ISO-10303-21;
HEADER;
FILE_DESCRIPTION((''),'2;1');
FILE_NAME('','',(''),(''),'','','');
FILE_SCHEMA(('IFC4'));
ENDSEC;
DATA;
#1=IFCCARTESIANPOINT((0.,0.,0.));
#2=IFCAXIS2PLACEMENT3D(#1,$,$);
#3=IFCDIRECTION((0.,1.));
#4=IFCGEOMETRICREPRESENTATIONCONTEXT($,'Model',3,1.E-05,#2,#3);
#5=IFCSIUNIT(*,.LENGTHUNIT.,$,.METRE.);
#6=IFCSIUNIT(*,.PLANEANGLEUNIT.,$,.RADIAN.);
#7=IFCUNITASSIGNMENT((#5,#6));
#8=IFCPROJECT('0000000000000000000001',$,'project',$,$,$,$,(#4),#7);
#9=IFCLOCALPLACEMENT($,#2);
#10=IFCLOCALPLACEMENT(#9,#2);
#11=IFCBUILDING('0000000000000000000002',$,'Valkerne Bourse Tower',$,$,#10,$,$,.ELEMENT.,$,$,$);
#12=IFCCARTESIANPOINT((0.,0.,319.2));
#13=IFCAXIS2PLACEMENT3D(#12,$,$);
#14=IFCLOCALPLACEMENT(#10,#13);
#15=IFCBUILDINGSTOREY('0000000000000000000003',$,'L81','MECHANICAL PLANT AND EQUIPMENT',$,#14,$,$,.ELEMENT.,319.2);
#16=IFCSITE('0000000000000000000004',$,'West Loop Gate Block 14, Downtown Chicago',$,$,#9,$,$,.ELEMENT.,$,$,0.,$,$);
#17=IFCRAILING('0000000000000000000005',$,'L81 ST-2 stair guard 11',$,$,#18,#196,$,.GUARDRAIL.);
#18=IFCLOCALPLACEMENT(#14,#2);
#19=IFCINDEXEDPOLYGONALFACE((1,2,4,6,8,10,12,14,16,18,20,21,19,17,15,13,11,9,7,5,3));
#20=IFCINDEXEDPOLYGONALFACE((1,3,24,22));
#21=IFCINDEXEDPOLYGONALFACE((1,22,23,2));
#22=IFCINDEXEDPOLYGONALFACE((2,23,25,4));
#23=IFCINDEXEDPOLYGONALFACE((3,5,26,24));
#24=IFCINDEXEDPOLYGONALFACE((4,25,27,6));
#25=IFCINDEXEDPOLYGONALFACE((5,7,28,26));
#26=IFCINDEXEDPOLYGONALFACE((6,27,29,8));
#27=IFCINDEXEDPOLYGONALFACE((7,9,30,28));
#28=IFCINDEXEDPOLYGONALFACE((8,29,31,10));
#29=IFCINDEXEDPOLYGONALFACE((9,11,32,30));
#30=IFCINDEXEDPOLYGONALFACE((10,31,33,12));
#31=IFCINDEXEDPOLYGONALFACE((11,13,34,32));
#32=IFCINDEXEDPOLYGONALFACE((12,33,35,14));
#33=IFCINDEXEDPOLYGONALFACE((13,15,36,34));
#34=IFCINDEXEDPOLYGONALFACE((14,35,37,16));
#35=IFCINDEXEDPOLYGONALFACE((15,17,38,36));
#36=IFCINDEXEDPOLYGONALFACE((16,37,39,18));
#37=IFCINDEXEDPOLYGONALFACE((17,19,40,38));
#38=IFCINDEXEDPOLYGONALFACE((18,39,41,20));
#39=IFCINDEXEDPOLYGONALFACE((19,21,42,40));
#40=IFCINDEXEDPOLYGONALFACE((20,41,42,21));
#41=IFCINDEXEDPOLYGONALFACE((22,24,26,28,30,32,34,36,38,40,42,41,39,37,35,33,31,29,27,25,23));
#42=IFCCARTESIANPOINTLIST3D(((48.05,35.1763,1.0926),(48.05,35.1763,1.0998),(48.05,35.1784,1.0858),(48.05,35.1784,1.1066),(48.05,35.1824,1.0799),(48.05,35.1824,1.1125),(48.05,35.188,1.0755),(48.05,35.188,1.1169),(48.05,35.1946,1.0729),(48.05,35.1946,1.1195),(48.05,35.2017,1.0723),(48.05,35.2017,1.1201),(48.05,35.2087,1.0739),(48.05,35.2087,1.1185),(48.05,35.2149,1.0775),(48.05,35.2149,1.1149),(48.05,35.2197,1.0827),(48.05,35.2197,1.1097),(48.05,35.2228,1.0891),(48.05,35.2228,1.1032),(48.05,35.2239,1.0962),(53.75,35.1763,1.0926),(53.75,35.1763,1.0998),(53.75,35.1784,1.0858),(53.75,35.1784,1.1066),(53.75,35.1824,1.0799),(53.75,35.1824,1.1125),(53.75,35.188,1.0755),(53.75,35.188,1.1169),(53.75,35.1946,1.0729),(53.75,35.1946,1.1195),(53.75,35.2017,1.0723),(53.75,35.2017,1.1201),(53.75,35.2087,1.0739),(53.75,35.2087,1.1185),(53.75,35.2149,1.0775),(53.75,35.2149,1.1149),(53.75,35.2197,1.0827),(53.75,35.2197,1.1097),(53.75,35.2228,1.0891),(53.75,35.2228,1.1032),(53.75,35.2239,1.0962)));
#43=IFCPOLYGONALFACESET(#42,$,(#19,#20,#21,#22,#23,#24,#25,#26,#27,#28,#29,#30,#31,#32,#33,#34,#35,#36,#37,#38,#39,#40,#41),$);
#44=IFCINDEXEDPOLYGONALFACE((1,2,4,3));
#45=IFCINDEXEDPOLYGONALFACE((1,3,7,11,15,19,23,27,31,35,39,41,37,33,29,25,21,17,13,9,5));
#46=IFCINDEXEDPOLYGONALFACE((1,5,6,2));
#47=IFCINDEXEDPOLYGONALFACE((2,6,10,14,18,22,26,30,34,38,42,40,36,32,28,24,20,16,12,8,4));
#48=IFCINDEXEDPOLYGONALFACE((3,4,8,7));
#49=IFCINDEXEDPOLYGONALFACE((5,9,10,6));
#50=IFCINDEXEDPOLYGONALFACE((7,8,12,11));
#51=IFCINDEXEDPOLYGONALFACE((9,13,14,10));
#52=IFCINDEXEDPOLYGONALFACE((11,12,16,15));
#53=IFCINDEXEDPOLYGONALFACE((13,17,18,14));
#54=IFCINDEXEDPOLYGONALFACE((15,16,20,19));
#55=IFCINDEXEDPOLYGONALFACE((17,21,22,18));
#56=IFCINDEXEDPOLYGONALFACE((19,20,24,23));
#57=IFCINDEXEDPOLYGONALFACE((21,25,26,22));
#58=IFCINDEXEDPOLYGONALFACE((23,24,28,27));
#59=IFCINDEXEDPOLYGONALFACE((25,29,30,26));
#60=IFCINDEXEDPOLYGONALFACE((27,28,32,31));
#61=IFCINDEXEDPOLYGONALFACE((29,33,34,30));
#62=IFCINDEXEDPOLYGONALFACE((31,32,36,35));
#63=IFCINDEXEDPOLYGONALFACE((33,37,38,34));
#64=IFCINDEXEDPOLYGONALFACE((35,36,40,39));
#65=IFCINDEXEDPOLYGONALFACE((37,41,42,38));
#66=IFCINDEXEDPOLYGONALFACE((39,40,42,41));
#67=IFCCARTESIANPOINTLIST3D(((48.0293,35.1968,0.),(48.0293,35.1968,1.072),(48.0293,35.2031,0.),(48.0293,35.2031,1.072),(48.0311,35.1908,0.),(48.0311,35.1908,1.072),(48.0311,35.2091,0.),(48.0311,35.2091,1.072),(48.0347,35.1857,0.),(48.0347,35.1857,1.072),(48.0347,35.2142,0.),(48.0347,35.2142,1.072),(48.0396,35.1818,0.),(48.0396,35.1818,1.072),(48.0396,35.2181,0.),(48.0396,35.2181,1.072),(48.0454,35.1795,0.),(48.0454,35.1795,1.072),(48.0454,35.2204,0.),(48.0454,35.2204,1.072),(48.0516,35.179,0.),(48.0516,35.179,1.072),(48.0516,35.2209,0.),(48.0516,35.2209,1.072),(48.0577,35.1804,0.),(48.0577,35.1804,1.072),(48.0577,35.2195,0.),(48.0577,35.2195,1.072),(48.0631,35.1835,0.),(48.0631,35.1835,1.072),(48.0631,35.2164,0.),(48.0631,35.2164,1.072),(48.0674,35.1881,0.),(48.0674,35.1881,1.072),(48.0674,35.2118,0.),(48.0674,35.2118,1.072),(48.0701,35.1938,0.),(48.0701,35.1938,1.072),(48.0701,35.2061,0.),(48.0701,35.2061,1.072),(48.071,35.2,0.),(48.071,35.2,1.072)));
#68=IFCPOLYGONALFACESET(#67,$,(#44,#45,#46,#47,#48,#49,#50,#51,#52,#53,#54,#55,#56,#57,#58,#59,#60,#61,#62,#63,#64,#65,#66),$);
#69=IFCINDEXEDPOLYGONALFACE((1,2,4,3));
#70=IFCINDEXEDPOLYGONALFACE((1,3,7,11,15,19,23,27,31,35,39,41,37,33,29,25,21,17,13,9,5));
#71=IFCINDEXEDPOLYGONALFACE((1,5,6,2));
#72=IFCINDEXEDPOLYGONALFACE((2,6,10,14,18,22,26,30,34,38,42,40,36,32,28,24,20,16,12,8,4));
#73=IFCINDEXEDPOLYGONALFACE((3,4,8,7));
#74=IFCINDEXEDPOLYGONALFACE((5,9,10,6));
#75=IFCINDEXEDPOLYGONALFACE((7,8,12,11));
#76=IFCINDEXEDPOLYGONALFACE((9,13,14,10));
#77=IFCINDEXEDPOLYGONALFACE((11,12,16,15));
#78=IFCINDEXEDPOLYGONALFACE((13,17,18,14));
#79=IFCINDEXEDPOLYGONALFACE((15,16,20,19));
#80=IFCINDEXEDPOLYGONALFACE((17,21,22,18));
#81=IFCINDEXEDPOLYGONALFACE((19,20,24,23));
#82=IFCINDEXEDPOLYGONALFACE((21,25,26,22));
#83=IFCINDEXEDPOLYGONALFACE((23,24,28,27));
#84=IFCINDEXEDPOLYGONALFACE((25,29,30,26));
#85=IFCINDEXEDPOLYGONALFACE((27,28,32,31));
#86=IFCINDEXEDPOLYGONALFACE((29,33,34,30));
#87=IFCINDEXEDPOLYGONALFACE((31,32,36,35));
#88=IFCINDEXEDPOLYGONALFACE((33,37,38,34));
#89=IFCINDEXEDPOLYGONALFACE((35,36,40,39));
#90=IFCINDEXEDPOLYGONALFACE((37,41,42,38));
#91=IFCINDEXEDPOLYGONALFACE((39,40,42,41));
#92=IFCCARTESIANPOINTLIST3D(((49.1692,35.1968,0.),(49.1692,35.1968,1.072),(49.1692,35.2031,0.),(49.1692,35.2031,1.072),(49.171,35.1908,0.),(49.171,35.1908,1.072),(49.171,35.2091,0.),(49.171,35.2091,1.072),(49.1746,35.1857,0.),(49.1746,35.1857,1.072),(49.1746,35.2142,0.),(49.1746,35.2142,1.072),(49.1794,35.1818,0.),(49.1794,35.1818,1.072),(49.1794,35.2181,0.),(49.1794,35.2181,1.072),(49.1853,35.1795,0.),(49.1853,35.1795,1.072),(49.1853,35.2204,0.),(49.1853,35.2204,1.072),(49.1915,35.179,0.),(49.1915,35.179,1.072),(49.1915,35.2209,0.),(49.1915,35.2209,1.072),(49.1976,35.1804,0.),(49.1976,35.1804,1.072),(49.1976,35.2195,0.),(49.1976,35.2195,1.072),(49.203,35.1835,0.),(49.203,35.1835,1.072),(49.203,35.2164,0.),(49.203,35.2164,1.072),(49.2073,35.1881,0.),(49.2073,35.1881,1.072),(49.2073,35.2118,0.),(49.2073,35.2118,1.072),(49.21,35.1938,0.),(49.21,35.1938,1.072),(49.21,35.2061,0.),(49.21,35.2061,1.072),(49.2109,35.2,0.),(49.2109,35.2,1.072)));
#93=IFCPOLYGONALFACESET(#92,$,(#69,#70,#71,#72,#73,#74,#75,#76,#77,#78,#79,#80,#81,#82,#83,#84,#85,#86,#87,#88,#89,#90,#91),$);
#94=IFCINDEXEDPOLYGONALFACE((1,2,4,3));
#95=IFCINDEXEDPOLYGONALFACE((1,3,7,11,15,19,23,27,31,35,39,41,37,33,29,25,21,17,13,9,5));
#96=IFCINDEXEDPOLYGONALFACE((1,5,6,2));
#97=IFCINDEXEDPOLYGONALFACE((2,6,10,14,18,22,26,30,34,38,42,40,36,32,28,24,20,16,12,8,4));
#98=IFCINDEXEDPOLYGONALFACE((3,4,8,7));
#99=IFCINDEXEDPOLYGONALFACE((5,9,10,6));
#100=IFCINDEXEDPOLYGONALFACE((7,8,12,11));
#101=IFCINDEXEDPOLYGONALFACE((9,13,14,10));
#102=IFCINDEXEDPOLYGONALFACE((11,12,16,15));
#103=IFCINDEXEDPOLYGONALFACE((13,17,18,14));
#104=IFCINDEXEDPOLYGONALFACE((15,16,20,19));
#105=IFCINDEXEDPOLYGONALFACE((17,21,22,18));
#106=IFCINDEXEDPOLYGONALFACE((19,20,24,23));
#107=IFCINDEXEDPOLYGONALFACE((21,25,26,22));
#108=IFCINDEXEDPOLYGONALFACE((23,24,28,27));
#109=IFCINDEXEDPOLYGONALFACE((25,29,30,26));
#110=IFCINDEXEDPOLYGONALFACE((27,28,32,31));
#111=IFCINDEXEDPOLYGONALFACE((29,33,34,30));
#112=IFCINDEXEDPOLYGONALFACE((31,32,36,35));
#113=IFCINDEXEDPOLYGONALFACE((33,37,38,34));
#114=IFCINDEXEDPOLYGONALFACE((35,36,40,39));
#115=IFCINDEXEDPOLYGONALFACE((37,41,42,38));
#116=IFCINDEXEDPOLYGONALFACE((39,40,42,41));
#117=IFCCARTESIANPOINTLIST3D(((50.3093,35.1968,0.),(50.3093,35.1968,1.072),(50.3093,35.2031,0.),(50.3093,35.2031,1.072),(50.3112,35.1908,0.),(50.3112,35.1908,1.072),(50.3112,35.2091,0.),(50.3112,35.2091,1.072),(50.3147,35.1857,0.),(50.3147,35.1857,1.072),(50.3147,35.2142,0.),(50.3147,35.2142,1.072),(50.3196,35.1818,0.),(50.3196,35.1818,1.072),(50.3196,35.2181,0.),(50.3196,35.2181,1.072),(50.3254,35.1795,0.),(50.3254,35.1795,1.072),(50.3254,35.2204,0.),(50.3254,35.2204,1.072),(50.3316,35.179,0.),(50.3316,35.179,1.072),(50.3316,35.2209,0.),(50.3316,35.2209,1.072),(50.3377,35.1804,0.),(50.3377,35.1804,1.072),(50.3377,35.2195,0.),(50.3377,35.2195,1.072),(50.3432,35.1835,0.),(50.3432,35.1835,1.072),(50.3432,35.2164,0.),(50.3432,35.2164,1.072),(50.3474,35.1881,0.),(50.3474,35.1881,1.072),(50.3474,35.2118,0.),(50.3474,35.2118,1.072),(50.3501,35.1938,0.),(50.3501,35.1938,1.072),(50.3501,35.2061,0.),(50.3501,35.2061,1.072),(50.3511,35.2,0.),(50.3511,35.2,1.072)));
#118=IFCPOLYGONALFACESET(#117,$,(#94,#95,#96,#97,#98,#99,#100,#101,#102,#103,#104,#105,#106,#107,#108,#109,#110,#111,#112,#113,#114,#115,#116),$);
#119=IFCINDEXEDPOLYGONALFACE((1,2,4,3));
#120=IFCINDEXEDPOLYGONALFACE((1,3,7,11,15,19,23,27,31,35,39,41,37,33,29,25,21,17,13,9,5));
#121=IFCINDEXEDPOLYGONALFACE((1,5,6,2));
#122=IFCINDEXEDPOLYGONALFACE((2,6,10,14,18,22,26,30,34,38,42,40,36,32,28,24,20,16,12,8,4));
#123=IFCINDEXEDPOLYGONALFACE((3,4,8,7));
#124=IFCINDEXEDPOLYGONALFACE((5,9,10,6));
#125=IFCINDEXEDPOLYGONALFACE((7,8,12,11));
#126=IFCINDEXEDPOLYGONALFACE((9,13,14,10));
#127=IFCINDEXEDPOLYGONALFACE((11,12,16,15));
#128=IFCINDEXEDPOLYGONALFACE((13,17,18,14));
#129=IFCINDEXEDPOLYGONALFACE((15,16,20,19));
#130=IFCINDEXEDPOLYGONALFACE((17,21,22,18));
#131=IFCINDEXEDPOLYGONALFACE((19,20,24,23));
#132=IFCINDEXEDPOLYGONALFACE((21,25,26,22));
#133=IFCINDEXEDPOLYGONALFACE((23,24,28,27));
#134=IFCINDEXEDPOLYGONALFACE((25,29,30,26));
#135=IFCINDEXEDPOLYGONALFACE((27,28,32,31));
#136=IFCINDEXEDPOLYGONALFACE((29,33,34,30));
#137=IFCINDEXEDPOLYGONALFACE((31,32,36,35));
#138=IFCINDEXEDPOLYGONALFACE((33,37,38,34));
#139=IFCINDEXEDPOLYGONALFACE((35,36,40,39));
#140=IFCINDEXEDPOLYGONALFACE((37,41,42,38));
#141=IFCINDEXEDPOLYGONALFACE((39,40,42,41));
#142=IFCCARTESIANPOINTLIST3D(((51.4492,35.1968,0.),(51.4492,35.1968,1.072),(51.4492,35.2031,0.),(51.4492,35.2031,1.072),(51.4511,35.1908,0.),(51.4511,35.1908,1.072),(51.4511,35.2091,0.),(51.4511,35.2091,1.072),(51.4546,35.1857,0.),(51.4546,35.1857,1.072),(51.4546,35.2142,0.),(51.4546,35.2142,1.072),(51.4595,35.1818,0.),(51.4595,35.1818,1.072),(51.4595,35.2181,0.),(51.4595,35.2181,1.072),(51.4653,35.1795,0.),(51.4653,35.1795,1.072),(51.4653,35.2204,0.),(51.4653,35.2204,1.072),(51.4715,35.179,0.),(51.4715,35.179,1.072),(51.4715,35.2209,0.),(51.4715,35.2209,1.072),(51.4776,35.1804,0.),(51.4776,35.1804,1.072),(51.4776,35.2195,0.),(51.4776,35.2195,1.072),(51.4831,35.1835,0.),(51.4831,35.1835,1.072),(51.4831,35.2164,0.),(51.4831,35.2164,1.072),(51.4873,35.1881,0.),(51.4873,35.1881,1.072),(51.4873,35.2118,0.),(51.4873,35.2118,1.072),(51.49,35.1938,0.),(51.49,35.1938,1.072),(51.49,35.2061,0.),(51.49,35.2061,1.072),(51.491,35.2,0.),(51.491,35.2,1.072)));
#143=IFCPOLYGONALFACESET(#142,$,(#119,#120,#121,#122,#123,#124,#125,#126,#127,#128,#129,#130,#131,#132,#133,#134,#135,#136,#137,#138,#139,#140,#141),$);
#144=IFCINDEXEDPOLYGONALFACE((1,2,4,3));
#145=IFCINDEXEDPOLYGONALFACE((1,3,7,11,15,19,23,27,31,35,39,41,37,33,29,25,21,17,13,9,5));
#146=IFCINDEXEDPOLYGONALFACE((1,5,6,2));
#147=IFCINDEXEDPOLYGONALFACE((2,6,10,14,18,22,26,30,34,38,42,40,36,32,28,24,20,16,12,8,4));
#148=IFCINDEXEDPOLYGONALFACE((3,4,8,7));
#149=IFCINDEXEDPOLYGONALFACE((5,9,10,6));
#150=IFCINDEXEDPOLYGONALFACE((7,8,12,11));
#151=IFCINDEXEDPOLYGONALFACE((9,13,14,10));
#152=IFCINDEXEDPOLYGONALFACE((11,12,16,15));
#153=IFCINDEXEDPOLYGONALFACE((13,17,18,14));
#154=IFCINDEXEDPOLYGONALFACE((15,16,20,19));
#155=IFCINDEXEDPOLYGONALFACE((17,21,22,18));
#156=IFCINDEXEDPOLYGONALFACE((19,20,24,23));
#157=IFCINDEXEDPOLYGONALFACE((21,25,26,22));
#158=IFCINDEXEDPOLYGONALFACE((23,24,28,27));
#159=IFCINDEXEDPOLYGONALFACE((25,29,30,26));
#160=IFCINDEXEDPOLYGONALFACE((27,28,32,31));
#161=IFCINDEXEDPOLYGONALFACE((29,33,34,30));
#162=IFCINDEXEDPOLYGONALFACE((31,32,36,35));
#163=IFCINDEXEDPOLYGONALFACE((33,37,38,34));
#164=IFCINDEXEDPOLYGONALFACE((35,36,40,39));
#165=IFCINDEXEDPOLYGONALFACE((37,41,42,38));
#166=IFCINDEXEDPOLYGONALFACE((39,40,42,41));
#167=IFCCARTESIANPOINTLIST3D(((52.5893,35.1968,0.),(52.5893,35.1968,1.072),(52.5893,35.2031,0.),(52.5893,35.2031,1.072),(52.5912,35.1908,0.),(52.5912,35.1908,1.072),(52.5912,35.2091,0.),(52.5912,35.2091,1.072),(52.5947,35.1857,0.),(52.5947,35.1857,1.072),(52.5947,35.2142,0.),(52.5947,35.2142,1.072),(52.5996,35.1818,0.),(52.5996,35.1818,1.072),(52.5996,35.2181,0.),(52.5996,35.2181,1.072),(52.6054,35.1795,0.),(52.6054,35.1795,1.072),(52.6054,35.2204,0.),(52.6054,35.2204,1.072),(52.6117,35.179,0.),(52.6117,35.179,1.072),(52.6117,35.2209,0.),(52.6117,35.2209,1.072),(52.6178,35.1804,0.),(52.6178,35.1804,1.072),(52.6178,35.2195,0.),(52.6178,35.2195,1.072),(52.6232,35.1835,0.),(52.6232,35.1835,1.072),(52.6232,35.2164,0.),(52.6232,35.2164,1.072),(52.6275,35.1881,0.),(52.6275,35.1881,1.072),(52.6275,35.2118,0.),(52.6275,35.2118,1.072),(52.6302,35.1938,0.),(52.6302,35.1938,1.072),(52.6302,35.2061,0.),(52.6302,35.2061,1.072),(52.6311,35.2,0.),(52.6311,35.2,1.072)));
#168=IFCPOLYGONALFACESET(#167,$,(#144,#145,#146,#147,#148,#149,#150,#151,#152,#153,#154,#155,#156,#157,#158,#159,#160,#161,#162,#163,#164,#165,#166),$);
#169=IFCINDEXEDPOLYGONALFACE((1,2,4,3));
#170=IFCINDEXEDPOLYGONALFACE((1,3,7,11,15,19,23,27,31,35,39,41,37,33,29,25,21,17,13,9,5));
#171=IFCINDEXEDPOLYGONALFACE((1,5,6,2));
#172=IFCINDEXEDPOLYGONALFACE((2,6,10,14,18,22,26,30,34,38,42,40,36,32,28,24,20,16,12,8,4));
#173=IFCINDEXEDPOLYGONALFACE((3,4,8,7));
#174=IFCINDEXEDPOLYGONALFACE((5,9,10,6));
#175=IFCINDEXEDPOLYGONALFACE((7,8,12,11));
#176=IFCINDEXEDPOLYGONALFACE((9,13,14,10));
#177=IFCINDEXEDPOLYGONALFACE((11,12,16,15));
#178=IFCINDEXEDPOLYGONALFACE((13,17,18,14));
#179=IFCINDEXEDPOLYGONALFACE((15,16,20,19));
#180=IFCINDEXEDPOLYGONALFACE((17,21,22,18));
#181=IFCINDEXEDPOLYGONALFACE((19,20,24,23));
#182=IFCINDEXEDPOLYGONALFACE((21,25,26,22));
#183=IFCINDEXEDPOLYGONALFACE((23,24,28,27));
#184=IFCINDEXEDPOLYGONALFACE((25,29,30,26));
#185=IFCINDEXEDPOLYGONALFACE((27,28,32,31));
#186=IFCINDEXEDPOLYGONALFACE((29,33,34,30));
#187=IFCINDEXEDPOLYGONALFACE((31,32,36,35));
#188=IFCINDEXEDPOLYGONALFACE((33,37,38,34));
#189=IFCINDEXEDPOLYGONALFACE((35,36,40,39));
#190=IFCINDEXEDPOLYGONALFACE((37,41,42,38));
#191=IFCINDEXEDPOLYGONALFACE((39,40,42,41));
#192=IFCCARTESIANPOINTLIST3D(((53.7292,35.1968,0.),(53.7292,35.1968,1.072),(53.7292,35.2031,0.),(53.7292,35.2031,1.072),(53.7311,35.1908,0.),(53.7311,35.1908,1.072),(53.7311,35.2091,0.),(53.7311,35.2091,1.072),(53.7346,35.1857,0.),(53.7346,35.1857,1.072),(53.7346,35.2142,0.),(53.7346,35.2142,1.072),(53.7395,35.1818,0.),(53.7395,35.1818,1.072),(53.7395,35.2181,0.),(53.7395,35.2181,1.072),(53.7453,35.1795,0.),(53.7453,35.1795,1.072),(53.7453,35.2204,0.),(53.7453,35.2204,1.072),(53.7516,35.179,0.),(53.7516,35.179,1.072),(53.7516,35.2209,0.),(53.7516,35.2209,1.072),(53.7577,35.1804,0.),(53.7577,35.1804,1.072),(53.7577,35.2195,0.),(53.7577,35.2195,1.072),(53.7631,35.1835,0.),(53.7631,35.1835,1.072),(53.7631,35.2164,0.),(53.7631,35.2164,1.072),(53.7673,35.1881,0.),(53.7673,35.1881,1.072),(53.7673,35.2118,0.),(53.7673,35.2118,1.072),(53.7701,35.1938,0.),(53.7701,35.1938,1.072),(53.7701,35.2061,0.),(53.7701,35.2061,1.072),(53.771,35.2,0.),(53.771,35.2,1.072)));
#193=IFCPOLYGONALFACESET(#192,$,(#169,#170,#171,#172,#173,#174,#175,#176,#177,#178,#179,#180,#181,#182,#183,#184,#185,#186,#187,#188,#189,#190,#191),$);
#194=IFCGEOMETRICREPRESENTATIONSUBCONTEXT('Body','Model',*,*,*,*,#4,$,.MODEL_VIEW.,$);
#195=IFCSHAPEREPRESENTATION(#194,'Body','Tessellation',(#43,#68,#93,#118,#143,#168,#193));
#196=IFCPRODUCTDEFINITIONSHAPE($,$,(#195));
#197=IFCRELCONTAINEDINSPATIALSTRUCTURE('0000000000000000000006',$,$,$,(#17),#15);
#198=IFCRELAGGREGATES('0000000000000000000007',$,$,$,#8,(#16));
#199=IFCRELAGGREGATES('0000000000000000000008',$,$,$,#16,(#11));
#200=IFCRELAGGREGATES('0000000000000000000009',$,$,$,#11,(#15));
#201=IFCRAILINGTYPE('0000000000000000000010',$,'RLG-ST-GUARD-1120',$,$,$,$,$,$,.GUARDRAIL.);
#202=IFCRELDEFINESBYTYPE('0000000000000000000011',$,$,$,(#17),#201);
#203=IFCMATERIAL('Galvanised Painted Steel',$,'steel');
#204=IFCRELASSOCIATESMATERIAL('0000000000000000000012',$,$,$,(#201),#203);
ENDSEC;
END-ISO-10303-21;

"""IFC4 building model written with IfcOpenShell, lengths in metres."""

from ifc_helpers import new_model, si_unit, direction, frame, origin, origin_2d, place, context, subcontext, project, spatial, circle, extrude, material, type_object, element, save


model = new_model("IFC4")

# Units and contexts
model_context = context("Model", 3, precision=1e-05, world=origin(), true_north=direction((0.0, 1.0)))
body_context = subcontext(model_context, "Body", "Model", "MODEL_VIEW")
ifc_project = project(units=[si_unit("LENGTHUNIT", "METRE"), si_unit("PLANEANGLEUNIT", "RADIAN")], contexts=[model_context])

# Site, building, storey
site_placement = place(None, origin())
site = spatial("IfcSite", under=ifc_project, at=site_placement, Name="West Loop Gate Block 14, Downtown Chicago", CompositionType="ELEMENT", RefElevation=0.0)
building_placement = place(site_placement, origin())
building = spatial("IfcBuilding", under=site, at=building_placement, Name="Valkerne Bourse Tower", CompositionType="ELEMENT")
storey_placement = place(building_placement, frame((0.0, 0.0, 319.2)))
storey = spatial("IfcBuildingStorey", under=building, at=storey_placement, Name="L81", Description="MECHANICAL PLANT AND EQUIPMENT", CompositionType="ELEMENT", Elevation=319.2)

# Shared definitions
ifc_material_1 = material(Name="Galvanised Painted Steel", Category="steel")

# Railing
railing_type_1 = type_object("IfcRailingType", Name="RLG-ST-GUARD-1120", PredefinedType="GUARDRAIL", material=ifc_material_1)
for number, where, name in (
    (1, (48.05, 35.2, 0.0), "L81 ST-2 stair guard 11"),
):
    element("IfcRailing", number, at=place(storey_placement, frame(where)), inside=storey, type_object=railing_type_1, Name=name, PredefinedType="GUARDRAIL", context=body_context, shape_type="SweptSolid", body=[
        extrude(circle(Radius=0.0239, at=origin_2d()), frame((0.0, 0.0, 1.0962), z_axis=(1.0, 0.0, 0.0), x_axis=(0.0, 1.0, 0.0)), (0.0, 0.0, 1.0), 5.7),
        extrude(circle(Radius=0.021, at=origin_2d()), origin(), (0.0, 0.0, 1.0), 1.072),
        extrude(circle(Radius=0.021, at=origin_2d()), frame((1.1399, 0.0, 0.0)), (0.0, 0.0, 1.0), 1.072),
        extrude(circle(Radius=0.021, at=origin_2d()), frame((2.28, 0.0, 0.0)), (0.0, 0.0, 1.0), 1.072),
        extrude(circle(Radius=0.021, at=origin_2d()), frame((3.4199, 0.0, 0.0)), (0.0, 0.0, 1.0), 1.072),
        extrude(circle(Radius=0.021, at=origin_2d()), frame((4.5601, 0.0, 0.0)), (0.0, 0.0, 1.0), 1.072),
        extrude(circle(Radius=0.021, at=origin_2d()), frame((5.7, 0.0, 0.0)), (0.0, 0.0, 1.0), 1.072),
    ])

save(model, "model.ifc")
